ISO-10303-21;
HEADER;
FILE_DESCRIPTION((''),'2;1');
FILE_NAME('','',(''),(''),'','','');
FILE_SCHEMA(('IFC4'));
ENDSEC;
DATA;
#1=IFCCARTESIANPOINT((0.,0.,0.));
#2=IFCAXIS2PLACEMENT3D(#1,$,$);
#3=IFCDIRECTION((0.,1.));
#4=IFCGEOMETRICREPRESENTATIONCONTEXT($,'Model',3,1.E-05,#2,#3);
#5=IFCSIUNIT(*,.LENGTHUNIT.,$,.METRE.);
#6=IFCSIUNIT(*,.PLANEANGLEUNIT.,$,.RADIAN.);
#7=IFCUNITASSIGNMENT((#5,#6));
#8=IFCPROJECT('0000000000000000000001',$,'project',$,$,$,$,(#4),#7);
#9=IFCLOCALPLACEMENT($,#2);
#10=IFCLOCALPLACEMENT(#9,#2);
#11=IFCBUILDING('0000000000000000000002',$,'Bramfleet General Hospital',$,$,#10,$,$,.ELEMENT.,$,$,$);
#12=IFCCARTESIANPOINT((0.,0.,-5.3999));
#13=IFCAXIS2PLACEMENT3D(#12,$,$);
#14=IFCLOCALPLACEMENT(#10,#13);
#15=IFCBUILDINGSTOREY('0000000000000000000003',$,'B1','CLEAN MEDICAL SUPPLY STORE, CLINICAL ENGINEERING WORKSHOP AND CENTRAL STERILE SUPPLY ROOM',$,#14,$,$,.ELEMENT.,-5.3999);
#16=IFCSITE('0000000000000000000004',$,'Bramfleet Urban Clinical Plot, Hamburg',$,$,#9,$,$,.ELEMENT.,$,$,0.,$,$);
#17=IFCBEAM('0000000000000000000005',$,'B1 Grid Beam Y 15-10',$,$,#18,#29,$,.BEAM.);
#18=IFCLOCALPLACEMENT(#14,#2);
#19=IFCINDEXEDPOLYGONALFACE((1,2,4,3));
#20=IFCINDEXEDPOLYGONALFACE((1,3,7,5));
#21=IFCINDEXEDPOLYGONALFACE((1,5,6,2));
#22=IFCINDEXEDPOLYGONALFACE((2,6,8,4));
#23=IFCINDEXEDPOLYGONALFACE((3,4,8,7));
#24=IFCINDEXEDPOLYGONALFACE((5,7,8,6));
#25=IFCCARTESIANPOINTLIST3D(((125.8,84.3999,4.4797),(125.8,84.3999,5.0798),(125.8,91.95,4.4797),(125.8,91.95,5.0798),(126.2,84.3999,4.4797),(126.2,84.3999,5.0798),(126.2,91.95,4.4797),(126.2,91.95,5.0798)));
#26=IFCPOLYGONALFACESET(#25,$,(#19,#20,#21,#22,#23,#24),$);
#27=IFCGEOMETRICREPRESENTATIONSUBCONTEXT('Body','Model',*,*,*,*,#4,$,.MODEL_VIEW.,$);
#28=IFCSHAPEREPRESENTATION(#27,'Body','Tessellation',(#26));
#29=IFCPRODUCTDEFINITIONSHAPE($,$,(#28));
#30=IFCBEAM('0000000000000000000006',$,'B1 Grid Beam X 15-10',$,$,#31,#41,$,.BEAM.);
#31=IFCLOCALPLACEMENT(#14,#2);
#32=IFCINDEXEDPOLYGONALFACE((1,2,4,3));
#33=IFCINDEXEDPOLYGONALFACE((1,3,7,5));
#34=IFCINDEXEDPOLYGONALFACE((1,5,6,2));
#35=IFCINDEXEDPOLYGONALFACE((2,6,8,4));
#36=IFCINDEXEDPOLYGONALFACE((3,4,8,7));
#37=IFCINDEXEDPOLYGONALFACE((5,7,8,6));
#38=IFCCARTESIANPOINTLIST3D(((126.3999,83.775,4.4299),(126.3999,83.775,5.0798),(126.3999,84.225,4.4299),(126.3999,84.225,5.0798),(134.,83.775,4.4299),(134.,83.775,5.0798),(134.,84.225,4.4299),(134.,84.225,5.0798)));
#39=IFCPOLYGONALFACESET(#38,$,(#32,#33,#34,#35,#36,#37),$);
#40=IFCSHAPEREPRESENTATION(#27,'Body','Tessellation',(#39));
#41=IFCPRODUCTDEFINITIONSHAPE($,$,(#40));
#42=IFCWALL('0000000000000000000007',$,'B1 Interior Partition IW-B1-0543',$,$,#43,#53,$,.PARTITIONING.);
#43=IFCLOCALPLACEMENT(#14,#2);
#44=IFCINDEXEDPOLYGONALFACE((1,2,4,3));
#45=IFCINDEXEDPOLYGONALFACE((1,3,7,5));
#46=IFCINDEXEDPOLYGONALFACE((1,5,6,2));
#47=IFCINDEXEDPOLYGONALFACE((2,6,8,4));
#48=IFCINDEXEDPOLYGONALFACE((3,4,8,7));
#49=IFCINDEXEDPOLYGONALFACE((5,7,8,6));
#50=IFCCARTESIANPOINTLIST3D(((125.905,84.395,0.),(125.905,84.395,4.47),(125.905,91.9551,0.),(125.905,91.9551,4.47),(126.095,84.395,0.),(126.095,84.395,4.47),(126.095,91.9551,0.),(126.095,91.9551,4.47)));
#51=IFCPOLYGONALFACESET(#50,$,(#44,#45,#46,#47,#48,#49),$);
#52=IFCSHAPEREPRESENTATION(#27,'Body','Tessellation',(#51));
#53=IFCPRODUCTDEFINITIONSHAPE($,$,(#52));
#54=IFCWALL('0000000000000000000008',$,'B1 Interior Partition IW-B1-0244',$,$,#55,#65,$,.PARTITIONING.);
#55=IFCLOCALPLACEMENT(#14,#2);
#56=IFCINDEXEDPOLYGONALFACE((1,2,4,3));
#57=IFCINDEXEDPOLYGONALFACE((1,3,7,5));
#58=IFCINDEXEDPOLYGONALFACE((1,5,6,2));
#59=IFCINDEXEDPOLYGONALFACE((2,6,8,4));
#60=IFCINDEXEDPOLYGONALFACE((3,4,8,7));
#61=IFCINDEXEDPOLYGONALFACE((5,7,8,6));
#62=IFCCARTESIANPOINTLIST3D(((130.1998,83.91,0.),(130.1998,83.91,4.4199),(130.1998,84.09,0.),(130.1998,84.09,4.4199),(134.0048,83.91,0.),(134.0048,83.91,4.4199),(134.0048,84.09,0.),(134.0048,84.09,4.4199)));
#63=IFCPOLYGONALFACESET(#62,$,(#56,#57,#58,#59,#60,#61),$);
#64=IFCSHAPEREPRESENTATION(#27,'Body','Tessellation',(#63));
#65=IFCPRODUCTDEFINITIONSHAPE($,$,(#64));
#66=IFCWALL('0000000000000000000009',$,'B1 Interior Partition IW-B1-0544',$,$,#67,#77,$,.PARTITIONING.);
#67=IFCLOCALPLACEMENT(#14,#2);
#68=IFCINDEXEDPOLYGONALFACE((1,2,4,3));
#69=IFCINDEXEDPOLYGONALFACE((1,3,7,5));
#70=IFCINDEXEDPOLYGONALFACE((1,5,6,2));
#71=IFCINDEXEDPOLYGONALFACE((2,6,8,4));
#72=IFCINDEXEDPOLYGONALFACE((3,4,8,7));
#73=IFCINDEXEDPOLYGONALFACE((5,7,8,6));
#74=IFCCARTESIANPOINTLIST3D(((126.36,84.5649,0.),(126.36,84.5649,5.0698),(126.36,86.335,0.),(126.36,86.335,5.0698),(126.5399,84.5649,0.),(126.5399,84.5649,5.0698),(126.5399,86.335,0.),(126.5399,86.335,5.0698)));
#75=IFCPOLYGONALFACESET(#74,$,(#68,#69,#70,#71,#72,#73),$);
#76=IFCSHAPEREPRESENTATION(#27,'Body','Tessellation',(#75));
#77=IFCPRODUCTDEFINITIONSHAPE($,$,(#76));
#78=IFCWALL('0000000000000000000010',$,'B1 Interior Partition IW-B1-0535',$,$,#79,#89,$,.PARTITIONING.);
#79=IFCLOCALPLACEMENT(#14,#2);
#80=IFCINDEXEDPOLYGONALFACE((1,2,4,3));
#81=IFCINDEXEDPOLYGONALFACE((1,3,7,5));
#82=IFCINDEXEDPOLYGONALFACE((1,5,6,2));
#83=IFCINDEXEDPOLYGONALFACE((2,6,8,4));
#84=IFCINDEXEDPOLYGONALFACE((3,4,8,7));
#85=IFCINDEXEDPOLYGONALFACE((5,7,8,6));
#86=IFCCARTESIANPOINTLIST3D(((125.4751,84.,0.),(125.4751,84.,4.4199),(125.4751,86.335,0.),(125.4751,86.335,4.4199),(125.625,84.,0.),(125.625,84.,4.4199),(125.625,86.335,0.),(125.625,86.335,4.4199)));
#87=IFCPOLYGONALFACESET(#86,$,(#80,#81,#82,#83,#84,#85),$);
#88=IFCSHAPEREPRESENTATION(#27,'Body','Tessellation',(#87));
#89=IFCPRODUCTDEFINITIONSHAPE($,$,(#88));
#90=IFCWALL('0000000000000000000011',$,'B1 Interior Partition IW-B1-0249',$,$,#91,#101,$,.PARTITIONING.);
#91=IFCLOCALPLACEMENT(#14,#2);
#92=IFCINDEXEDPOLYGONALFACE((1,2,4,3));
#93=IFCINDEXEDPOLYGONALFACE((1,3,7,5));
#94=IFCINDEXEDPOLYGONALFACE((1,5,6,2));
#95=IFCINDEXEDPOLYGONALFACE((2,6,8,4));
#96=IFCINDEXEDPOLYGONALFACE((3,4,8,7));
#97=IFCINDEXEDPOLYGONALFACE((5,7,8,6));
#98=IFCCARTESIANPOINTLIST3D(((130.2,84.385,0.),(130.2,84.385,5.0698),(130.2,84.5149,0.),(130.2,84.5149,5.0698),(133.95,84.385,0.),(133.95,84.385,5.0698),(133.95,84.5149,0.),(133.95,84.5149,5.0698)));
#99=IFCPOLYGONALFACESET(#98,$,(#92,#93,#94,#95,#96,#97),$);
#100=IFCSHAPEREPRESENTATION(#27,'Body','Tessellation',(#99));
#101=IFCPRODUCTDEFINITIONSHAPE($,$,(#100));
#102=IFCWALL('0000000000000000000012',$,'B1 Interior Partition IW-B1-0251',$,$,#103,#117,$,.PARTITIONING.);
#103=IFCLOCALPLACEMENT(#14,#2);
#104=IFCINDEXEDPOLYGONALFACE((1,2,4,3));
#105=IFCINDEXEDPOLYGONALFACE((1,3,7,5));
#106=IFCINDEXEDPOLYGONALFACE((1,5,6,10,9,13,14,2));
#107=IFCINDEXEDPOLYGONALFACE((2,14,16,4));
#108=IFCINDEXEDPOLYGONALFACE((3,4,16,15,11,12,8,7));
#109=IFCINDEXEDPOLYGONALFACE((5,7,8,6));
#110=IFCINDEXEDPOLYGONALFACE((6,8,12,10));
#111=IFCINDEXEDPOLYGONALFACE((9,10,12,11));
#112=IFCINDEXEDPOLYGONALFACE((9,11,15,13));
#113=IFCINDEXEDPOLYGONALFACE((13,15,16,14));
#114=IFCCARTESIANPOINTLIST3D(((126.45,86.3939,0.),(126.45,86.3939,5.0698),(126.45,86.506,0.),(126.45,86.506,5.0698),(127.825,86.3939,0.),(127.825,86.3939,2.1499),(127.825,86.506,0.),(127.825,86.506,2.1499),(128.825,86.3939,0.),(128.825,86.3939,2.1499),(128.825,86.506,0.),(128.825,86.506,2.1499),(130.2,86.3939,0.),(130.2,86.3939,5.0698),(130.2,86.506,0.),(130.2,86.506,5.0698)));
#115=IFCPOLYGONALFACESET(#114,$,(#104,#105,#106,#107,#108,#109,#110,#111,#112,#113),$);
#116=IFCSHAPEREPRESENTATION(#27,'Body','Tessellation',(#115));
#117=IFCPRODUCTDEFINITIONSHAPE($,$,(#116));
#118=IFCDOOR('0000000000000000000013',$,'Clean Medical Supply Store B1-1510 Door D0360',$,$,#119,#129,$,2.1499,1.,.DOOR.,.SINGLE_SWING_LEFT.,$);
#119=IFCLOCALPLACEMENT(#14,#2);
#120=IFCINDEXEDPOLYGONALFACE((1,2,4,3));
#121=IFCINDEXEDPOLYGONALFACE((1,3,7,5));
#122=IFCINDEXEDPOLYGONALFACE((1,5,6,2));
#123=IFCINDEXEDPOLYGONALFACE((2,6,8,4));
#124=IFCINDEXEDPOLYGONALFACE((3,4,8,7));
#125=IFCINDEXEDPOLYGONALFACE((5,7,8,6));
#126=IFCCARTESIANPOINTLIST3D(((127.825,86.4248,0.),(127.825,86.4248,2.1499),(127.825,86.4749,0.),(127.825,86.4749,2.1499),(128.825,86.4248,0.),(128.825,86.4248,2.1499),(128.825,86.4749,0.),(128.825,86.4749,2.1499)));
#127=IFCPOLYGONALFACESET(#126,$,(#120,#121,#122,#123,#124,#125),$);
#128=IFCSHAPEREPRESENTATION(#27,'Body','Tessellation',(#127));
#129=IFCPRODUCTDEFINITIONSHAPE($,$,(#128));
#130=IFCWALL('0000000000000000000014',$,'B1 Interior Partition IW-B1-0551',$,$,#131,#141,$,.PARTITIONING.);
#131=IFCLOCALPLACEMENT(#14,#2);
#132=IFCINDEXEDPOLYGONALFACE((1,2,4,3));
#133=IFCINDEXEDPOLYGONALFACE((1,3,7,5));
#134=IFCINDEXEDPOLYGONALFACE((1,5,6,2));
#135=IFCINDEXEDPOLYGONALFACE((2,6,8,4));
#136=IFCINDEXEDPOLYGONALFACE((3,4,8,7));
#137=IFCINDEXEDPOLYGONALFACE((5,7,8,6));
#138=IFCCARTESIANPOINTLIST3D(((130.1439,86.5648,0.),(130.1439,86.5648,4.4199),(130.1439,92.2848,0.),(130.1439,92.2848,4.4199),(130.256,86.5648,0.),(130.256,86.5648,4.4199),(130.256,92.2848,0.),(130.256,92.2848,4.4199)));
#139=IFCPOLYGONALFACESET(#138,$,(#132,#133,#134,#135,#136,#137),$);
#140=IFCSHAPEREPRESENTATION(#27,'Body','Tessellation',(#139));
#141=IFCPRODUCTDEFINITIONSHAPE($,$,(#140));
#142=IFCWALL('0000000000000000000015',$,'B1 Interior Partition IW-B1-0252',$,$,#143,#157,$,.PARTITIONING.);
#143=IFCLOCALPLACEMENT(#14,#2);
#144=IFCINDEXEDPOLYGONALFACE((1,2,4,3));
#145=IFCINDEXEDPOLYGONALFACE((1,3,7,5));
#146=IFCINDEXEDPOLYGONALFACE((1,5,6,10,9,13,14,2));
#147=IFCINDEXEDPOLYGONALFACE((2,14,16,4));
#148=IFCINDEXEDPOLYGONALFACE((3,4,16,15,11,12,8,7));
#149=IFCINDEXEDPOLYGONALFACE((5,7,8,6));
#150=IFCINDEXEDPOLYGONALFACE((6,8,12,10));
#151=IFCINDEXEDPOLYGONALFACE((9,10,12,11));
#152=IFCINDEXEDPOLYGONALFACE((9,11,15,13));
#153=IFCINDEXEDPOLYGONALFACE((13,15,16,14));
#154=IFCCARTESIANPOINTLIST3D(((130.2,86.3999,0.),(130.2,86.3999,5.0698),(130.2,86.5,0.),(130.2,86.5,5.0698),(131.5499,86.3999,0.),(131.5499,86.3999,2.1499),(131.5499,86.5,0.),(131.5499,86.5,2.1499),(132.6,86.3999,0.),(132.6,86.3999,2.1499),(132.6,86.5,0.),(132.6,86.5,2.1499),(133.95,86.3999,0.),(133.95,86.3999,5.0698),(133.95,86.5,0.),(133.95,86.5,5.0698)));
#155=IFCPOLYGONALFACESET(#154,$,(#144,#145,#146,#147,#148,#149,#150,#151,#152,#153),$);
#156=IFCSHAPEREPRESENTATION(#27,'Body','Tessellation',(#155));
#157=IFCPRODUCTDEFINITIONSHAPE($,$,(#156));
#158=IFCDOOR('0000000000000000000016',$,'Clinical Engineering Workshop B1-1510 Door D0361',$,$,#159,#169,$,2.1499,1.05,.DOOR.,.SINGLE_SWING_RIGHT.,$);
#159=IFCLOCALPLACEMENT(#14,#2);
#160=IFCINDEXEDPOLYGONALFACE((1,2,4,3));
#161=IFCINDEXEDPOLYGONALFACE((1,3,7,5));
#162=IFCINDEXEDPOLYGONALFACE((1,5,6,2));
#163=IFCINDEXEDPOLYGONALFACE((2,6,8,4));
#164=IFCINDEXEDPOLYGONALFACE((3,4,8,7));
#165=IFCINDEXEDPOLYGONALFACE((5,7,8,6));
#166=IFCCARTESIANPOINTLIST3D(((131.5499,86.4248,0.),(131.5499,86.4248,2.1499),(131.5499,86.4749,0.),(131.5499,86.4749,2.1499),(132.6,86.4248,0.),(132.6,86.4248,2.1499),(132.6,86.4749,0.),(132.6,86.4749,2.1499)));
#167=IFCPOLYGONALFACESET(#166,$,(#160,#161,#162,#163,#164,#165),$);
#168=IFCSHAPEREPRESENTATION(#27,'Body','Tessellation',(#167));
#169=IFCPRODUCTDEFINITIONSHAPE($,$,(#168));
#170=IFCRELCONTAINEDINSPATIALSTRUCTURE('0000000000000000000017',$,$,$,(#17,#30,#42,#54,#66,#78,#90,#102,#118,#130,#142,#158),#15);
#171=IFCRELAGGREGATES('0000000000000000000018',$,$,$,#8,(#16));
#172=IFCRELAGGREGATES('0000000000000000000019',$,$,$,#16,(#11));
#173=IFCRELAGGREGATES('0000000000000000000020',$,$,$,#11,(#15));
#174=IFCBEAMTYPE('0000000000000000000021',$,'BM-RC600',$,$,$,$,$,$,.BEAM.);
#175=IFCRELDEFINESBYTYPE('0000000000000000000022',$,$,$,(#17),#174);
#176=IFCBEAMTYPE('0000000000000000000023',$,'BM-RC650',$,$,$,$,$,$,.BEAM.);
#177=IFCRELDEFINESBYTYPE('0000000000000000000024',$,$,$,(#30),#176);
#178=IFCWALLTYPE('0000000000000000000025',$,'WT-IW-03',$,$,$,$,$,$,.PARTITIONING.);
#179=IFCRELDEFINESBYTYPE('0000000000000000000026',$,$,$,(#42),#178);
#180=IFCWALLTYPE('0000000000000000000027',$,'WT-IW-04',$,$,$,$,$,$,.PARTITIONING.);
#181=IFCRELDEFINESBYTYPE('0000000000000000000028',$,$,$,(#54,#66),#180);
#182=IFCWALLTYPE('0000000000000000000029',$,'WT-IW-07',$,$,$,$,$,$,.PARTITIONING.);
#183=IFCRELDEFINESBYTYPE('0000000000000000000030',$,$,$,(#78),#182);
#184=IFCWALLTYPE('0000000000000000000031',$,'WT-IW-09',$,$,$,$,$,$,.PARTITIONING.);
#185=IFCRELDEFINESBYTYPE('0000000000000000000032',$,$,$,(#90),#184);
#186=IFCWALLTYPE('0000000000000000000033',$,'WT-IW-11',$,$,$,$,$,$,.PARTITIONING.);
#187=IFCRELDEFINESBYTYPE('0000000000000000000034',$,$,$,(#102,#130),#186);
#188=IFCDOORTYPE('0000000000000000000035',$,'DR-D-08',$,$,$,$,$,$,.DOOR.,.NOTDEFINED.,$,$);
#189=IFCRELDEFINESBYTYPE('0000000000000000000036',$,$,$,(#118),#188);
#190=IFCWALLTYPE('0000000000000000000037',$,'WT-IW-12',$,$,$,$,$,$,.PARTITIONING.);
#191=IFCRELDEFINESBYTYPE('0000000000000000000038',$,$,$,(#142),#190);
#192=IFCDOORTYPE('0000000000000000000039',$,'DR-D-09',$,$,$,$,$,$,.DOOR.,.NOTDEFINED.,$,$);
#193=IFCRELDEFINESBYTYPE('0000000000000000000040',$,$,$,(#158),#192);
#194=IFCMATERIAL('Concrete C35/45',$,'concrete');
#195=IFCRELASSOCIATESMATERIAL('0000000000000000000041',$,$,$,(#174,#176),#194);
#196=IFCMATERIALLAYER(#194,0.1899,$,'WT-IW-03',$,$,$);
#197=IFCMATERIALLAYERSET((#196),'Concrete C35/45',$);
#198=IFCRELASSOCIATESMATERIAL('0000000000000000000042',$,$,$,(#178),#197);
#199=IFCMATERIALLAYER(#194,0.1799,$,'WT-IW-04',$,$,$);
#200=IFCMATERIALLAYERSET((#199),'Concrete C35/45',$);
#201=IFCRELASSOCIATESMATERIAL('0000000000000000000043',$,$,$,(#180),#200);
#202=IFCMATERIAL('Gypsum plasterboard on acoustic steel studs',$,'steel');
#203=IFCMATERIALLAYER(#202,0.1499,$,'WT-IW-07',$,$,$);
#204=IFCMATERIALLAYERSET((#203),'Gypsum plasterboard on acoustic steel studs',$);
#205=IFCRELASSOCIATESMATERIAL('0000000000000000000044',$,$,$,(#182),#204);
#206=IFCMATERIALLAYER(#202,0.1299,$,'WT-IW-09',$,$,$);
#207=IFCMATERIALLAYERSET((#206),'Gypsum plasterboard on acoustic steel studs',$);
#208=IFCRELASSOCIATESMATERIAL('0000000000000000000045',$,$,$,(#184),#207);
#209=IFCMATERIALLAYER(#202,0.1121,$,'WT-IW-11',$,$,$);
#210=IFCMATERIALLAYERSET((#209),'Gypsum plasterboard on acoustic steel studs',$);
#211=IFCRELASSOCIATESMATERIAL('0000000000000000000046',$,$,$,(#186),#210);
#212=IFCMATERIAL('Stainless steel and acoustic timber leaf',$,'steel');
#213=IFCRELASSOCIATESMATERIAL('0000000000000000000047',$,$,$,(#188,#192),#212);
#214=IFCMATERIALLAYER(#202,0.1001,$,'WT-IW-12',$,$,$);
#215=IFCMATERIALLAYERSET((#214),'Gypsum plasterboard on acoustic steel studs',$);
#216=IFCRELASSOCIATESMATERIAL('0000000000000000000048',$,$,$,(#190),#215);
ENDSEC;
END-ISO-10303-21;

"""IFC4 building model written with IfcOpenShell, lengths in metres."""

from ifc_helpers import new_model, si_unit, direction, frame, frame_2d, origin, origin_2d, place, context, subcontext, project, spatial, rectangle, extrude, material, layer, layer_set, material_profile, profile_set, type_object, element, fill, save


model = new_model("IFC4")

# Units and contexts
model_context = context("Model", 3, precision=1e-05, world=origin(), true_north=direction((0.0, 1.0)))
body_context = subcontext(model_context, "Body", "Model", "MODEL_VIEW")
ifc_project = project(units=[si_unit("LENGTHUNIT", "METRE"), si_unit("PLANEANGLEUNIT", "RADIAN")], contexts=[model_context])

# Site, building, storey
site_placement = place(None, origin())
site = spatial("IfcSite", under=ifc_project, at=site_placement, Name="Bramfleet Urban Clinical Plot, Hamburg", CompositionType="ELEMENT", RefElevation=0.0)
building_placement = place(site_placement, origin())
building = spatial("IfcBuilding", under=site, at=building_placement, Name="Bramfleet General Hospital", CompositionType="ELEMENT")
storey_placement = place(building_placement, frame((0.0, 0.0, -5.3999)))
storey = spatial("IfcBuildingStorey", under=building, at=storey_placement, Name="B1", Description="CLEAN MEDICAL SUPPLY STORE, CLINICAL ENGINEERING WORKSHOP AND CENTRAL STERILE SUPPLY ROOM", CompositionType="ELEMENT", Elevation=-5.3999)

# Shared definitions
ifc_material_1 = material(Name="Concrete C35/45", Category="concrete")

# Beams
ifc_material_profile_1 = material_profile(ifc_material_1, rectangle(XDim=0.3999, YDim=0.6001, at=origin_2d()), Name="RC BM 600x400")
ifc_profile_set_1 = profile_set([ifc_material_profile_1], Name="Concrete C35/45")
beam_type_1 = type_object("IfcBeamType", Name="BM-RC600", PredefinedType="BEAM", material=ifc_profile_set_1)
beam_1_placement = place(storey_placement, frame((126.0, 84.3999, 4.7798), z_axis=(0.0, 1.0, 0.0), x_axis=(-1.0, 0.0, 0.0)))
element("IfcBeam", 1, at=beam_1_placement, inside=storey, type_object=beam_type_1, Name="B1 Grid Beam Y 15-10", PredefinedType="BEAM", context=body_context, shape_type="SweptSolid", body=[
    extrude(rectangle(XDim=0.3999, YDim=0.6001, at=origin_2d()), origin(), (0.0, 0.0, 1.0), 7.55),
])
ifc_material_profile_2 = material_profile(ifc_material_1, rectangle(XDim=0.45, YDim=0.6499, at=origin_2d()), Name="RC BM 650x450")
ifc_profile_set_2 = profile_set([ifc_material_profile_2], Name="Concrete C35/45")
beam_type_2 = type_object("IfcBeamType", Name="BM-RC650", PredefinedType="BEAM", material=ifc_profile_set_2)
beam_2_placement = place(storey_placement, frame((126.3999, 84.0, 4.7549), z_axis=(1.0, 0.0, 0.0), x_axis=(0.0, 1.0, 0.0)))
element("IfcBeam", 2, at=beam_2_placement, inside=storey, type_object=beam_type_2, Name="B1 Grid Beam X 15-10", PredefinedType="BEAM", context=body_context, shape_type="SweptSolid", body=[
    extrude(rectangle(XDim=0.45, YDim=0.6499, at=origin_2d()), origin(), (0.0, 0.0, 1.0), 7.6001),
])

# Walls
ifc_layer_1 = layer(ifc_material_1, 0.1899, Name="WT-IW-03")
ifc_layer_set_1 = layer_set([ifc_layer_1], Name="Concrete C35/45")
wall_type_1 = type_object("IfcWallType", Name="WT-IW-03", PredefinedType="PARTITIONING", material=ifc_layer_set_1)
wall_1_placement = place(storey_placement, frame((126.0, 84.395, 0.0), z_axis=(0.0, 0.0, 1.0), x_axis=(0.0, 1.0, 0.0)))
element("IfcWall", 3, at=wall_1_placement, inside=storey, type_object=wall_type_1, Name="B1 Interior Partition IW-B1-0543", PredefinedType="PARTITIONING", context=body_context, shape_type="SweptSolid", body=[
    extrude(rectangle(XDim=7.5601, YDim=0.1899, at=frame_2d((3.78, 0.0))), origin(), (0.0, 0.0, 1.0), 4.47),
])
ifc_layer_2 = layer(ifc_material_1, 0.1799, Name="WT-IW-04")
ifc_layer_set_2 = layer_set([ifc_layer_2], Name="Concrete C35/45")
wall_type_2 = type_object("IfcWallType", Name="WT-IW-04", PredefinedType="PARTITIONING", material=ifc_layer_set_2)
wall_2_placement = place(storey_placement, frame((130.2, 84.0, 0.0), z_axis=(0.0, 0.0, 1.0), x_axis=(1.0, 0.0, 0.0)))
element("IfcWall", 4, at=wall_2_placement, inside=storey, type_object=wall_type_2, Name="B1 Interior Partition IW-B1-0244", PredefinedType="PARTITIONING", context=body_context, shape_type="SweptSolid", body=[
    extrude(rectangle(XDim=3.8049, YDim=0.1799, at=frame_2d((1.9023, 0.0))), origin(), (0.0, 0.0, 1.0), 4.4199),
])
wall_3_placement = place(storey_placement, frame((126.45, 84.5649, 0.0), z_axis=(0.0, 0.0, 1.0), x_axis=(0.0, 1.0, 0.0)))
element("IfcWall", 5, at=wall_3_placement, inside=storey, type_object=wall_type_2, Name="B1 Interior Partition IW-B1-0544", PredefinedType="PARTITIONING", context=body_context, shape_type="SweptSolid", body=[
    extrude(rectangle(XDim=1.77, YDim=0.1799, at=frame_2d((0.885, 0.0))), origin(), (0.0, 0.0, 1.0), 5.0698),
])
ifc_material_2 = material(Name="Gypsum plasterboard on acoustic steel studs", Category="steel")
ifc_layer_3 = layer(ifc_material_2, 0.1499, Name="WT-IW-07")
ifc_layer_set_3 = layer_set([ifc_layer_3], Name="Gypsum plasterboard on acoustic steel studs")
wall_type_3 = type_object("IfcWallType", Name="WT-IW-07", PredefinedType="PARTITIONING", material=ifc_layer_set_3)
wall_4_placement = place(storey_placement, frame((125.55, 84.0, 0.0), z_axis=(0.0, 0.0, 1.0), x_axis=(0.0, 1.0, 0.0)))
element("IfcWall", 6, at=wall_4_placement, inside=storey, type_object=wall_type_3, Name="B1 Interior Partition IW-B1-0535", PredefinedType="PARTITIONING", context=body_context, shape_type="SweptSolid", body=[
    extrude(rectangle(XDim=2.335, YDim=0.1499, at=frame_2d((1.1675, 0.0))), origin(), (0.0, 0.0, 1.0), 4.4199),
])
ifc_layer_4 = layer(ifc_material_2, 0.1299, Name="WT-IW-09")
ifc_layer_set_4 = layer_set([ifc_layer_4], Name="Gypsum plasterboard on acoustic steel studs")
wall_type_4 = type_object("IfcWallType", Name="WT-IW-09", PredefinedType="PARTITIONING", material=ifc_layer_set_4)
wall_5_placement = place(storey_placement, frame((130.2, 84.45, 0.0), z_axis=(0.0, 0.0, 1.0), x_axis=(1.0, 0.0, 0.0)))
element("IfcWall", 7, at=wall_5_placement, inside=storey, type_object=wall_type_4, Name="B1 Interior Partition IW-B1-0249", PredefinedType="PARTITIONING", context=body_context, shape_type="SweptSolid", body=[
    extrude(rectangle(XDim=3.75, YDim=0.1299, at=frame_2d((1.875, 0.0))), origin(), (0.0, 0.0, 1.0), 5.0698),
])

# Wall, opening, door
ifc_layer_5 = layer(ifc_material_2, 0.1121, Name="WT-IW-11")
ifc_layer_set_5 = layer_set([ifc_layer_5], Name="Gypsum plasterboard on acoustic steel studs")
wall_type_5 = type_object("IfcWallType", Name="WT-IW-11", PredefinedType="PARTITIONING", material=ifc_layer_set_5)
wall_6_placement = place(storey_placement, frame((126.45, 86.45, 0.0), z_axis=(0.0, 0.0, 1.0), x_axis=(1.0, 0.0, 0.0)))
wall_6 = element("IfcWall", 8, at=wall_6_placement, inside=storey, type_object=wall_type_5, Name="B1 Interior Partition IW-B1-0251", PredefinedType="PARTITIONING", context=body_context, shape_type="SweptSolid", body=[
    extrude(rectangle(XDim=3.75, YDim=0.1121, at=frame_2d((1.875, 0.0))), origin(), (0.0, 0.0, 1.0), 5.0698),
])
opening_1_placement = place(wall_6_placement, frame((1.375, 0.0, 0.0)))
opening_1 = element("IfcOpeningElement", 9, at=opening_1_placement, cuts=wall_6, PredefinedType="OPENING", context=body_context, shape_type="SweptSolid", body=[
    extrude(rectangle(XDim=1.0, YDim=2.1499, at=frame_2d((0.5, 1.075))), frame((0.0, 0.0659, 0.0), z_axis=(0.0, -1.0, 0.0), x_axis=(1.0, 0.0, 0.0)), (0.0, 0.0, 1.0), 0.1321),
])
ifc_material_3 = material(Name="Stainless steel and acoustic timber leaf", Category="steel")
door_type_1 = type_object("IfcDoorType", Name="DR-D-08", OperationType="NOTDEFINED", PredefinedType="DOOR", material=ifc_material_3)
door_1_placement = place(opening_1_placement, origin())
door_1 = element("IfcDoor", 10, at=door_1_placement, inside=storey, type_object=door_type_1, Name="Clean Medical Supply Store B1-1510 Door D0360", OperationType="SINGLE_SWING_LEFT", OverallHeight=2.1499, OverallWidth=1.0, PredefinedType="DOOR", context=body_context, shape_type="SweptSolid", body=[
    extrude(rectangle(XDim=1.0, YDim=2.1499, at=frame_2d((0.5, 1.075))), frame((0.0, 0.0249, 0.0), z_axis=(0.0, -1.0, 0.0), x_axis=(1.0, 0.0, 0.0)), (0.0, 0.0, 1.0), 0.05),
])
fill(opening_1, door_1)

# Wall
wall_7_placement = place(storey_placement, frame((130.2, 86.5649, 0.0), z_axis=(0.0, 0.0, 1.0), x_axis=(0.0, 1.0, 0.0)))
element("IfcWall", 11, at=wall_7_placement, inside=storey, type_object=wall_type_5, Name="B1 Interior Partition IW-B1-0551", PredefinedType="PARTITIONING", context=body_context, shape_type="SweptSolid", body=[
    extrude(rectangle(XDim=5.72, YDim=0.1121, at=frame_2d((2.8599, 0.0))), origin(), (0.0, 0.0, 1.0), 4.4199),
])

# Wall, opening, door
ifc_layer_6 = layer(ifc_material_2, 0.1001, Name="WT-IW-12")
ifc_layer_set_6 = layer_set([ifc_layer_6], Name="Gypsum plasterboard on acoustic steel studs")
wall_type_6 = type_object("IfcWallType", Name="WT-IW-12", PredefinedType="PARTITIONING", material=ifc_layer_set_6)
wall_8_placement = place(storey_placement, frame((130.2, 86.45, 0.0), z_axis=(0.0, 0.0, 1.0), x_axis=(1.0, 0.0, 0.0)))
wall_8 = element("IfcWall", 12, at=wall_8_placement, inside=storey, type_object=wall_type_6, Name="B1 Interior Partition IW-B1-0252", PredefinedType="PARTITIONING", context=body_context, shape_type="SweptSolid", body=[
    extrude(rectangle(XDim=3.75, YDim=0.1001, at=frame_2d((1.875, 0.0))), origin(), (0.0, 0.0, 1.0), 5.0698),
])
opening_2_placement = place(wall_8_placement, frame((1.3501, 0.0, 0.0)))
opening_2 = element("IfcOpeningElement", 13, at=opening_2_placement, cuts=wall_8, PredefinedType="OPENING", context=body_context, shape_type="SweptSolid", body=[
    extrude(rectangle(XDim=1.05, YDim=2.1499, at=frame_2d((0.5249, 1.075))), frame((0.0, 0.0601, 0.0), z_axis=(0.0, -1.0, 0.0), x_axis=(1.0, 0.0, 0.0)), (0.0, 0.0, 1.0), 0.1201),
])
door_type_2 = type_object("IfcDoorType", Name="DR-D-09", OperationType="NOTDEFINED", PredefinedType="DOOR", material=ifc_material_3)
door_2_placement = place(opening_2_placement, origin())
door_2 = element("IfcDoor", 14, at=door_2_placement, inside=storey, type_object=door_type_2, Name="Clinical Engineering Workshop B1-1510 Door D0361", OperationType="SINGLE_SWING_RIGHT", OverallHeight=2.1499, OverallWidth=1.05, PredefinedType="DOOR", context=body_context, shape_type="SweptSolid", body=[
    extrude(rectangle(XDim=1.05, YDim=2.1499, at=frame_2d((0.5249, 1.075))), frame((0.0, 0.0249, 0.0), z_axis=(0.0, -1.0, 0.0), x_axis=(1.0, 0.0, 0.0)), (0.0, 0.0, 1.0), 0.05),
])
fill(opening_2, door_2)

save(model, "model.ifc")
